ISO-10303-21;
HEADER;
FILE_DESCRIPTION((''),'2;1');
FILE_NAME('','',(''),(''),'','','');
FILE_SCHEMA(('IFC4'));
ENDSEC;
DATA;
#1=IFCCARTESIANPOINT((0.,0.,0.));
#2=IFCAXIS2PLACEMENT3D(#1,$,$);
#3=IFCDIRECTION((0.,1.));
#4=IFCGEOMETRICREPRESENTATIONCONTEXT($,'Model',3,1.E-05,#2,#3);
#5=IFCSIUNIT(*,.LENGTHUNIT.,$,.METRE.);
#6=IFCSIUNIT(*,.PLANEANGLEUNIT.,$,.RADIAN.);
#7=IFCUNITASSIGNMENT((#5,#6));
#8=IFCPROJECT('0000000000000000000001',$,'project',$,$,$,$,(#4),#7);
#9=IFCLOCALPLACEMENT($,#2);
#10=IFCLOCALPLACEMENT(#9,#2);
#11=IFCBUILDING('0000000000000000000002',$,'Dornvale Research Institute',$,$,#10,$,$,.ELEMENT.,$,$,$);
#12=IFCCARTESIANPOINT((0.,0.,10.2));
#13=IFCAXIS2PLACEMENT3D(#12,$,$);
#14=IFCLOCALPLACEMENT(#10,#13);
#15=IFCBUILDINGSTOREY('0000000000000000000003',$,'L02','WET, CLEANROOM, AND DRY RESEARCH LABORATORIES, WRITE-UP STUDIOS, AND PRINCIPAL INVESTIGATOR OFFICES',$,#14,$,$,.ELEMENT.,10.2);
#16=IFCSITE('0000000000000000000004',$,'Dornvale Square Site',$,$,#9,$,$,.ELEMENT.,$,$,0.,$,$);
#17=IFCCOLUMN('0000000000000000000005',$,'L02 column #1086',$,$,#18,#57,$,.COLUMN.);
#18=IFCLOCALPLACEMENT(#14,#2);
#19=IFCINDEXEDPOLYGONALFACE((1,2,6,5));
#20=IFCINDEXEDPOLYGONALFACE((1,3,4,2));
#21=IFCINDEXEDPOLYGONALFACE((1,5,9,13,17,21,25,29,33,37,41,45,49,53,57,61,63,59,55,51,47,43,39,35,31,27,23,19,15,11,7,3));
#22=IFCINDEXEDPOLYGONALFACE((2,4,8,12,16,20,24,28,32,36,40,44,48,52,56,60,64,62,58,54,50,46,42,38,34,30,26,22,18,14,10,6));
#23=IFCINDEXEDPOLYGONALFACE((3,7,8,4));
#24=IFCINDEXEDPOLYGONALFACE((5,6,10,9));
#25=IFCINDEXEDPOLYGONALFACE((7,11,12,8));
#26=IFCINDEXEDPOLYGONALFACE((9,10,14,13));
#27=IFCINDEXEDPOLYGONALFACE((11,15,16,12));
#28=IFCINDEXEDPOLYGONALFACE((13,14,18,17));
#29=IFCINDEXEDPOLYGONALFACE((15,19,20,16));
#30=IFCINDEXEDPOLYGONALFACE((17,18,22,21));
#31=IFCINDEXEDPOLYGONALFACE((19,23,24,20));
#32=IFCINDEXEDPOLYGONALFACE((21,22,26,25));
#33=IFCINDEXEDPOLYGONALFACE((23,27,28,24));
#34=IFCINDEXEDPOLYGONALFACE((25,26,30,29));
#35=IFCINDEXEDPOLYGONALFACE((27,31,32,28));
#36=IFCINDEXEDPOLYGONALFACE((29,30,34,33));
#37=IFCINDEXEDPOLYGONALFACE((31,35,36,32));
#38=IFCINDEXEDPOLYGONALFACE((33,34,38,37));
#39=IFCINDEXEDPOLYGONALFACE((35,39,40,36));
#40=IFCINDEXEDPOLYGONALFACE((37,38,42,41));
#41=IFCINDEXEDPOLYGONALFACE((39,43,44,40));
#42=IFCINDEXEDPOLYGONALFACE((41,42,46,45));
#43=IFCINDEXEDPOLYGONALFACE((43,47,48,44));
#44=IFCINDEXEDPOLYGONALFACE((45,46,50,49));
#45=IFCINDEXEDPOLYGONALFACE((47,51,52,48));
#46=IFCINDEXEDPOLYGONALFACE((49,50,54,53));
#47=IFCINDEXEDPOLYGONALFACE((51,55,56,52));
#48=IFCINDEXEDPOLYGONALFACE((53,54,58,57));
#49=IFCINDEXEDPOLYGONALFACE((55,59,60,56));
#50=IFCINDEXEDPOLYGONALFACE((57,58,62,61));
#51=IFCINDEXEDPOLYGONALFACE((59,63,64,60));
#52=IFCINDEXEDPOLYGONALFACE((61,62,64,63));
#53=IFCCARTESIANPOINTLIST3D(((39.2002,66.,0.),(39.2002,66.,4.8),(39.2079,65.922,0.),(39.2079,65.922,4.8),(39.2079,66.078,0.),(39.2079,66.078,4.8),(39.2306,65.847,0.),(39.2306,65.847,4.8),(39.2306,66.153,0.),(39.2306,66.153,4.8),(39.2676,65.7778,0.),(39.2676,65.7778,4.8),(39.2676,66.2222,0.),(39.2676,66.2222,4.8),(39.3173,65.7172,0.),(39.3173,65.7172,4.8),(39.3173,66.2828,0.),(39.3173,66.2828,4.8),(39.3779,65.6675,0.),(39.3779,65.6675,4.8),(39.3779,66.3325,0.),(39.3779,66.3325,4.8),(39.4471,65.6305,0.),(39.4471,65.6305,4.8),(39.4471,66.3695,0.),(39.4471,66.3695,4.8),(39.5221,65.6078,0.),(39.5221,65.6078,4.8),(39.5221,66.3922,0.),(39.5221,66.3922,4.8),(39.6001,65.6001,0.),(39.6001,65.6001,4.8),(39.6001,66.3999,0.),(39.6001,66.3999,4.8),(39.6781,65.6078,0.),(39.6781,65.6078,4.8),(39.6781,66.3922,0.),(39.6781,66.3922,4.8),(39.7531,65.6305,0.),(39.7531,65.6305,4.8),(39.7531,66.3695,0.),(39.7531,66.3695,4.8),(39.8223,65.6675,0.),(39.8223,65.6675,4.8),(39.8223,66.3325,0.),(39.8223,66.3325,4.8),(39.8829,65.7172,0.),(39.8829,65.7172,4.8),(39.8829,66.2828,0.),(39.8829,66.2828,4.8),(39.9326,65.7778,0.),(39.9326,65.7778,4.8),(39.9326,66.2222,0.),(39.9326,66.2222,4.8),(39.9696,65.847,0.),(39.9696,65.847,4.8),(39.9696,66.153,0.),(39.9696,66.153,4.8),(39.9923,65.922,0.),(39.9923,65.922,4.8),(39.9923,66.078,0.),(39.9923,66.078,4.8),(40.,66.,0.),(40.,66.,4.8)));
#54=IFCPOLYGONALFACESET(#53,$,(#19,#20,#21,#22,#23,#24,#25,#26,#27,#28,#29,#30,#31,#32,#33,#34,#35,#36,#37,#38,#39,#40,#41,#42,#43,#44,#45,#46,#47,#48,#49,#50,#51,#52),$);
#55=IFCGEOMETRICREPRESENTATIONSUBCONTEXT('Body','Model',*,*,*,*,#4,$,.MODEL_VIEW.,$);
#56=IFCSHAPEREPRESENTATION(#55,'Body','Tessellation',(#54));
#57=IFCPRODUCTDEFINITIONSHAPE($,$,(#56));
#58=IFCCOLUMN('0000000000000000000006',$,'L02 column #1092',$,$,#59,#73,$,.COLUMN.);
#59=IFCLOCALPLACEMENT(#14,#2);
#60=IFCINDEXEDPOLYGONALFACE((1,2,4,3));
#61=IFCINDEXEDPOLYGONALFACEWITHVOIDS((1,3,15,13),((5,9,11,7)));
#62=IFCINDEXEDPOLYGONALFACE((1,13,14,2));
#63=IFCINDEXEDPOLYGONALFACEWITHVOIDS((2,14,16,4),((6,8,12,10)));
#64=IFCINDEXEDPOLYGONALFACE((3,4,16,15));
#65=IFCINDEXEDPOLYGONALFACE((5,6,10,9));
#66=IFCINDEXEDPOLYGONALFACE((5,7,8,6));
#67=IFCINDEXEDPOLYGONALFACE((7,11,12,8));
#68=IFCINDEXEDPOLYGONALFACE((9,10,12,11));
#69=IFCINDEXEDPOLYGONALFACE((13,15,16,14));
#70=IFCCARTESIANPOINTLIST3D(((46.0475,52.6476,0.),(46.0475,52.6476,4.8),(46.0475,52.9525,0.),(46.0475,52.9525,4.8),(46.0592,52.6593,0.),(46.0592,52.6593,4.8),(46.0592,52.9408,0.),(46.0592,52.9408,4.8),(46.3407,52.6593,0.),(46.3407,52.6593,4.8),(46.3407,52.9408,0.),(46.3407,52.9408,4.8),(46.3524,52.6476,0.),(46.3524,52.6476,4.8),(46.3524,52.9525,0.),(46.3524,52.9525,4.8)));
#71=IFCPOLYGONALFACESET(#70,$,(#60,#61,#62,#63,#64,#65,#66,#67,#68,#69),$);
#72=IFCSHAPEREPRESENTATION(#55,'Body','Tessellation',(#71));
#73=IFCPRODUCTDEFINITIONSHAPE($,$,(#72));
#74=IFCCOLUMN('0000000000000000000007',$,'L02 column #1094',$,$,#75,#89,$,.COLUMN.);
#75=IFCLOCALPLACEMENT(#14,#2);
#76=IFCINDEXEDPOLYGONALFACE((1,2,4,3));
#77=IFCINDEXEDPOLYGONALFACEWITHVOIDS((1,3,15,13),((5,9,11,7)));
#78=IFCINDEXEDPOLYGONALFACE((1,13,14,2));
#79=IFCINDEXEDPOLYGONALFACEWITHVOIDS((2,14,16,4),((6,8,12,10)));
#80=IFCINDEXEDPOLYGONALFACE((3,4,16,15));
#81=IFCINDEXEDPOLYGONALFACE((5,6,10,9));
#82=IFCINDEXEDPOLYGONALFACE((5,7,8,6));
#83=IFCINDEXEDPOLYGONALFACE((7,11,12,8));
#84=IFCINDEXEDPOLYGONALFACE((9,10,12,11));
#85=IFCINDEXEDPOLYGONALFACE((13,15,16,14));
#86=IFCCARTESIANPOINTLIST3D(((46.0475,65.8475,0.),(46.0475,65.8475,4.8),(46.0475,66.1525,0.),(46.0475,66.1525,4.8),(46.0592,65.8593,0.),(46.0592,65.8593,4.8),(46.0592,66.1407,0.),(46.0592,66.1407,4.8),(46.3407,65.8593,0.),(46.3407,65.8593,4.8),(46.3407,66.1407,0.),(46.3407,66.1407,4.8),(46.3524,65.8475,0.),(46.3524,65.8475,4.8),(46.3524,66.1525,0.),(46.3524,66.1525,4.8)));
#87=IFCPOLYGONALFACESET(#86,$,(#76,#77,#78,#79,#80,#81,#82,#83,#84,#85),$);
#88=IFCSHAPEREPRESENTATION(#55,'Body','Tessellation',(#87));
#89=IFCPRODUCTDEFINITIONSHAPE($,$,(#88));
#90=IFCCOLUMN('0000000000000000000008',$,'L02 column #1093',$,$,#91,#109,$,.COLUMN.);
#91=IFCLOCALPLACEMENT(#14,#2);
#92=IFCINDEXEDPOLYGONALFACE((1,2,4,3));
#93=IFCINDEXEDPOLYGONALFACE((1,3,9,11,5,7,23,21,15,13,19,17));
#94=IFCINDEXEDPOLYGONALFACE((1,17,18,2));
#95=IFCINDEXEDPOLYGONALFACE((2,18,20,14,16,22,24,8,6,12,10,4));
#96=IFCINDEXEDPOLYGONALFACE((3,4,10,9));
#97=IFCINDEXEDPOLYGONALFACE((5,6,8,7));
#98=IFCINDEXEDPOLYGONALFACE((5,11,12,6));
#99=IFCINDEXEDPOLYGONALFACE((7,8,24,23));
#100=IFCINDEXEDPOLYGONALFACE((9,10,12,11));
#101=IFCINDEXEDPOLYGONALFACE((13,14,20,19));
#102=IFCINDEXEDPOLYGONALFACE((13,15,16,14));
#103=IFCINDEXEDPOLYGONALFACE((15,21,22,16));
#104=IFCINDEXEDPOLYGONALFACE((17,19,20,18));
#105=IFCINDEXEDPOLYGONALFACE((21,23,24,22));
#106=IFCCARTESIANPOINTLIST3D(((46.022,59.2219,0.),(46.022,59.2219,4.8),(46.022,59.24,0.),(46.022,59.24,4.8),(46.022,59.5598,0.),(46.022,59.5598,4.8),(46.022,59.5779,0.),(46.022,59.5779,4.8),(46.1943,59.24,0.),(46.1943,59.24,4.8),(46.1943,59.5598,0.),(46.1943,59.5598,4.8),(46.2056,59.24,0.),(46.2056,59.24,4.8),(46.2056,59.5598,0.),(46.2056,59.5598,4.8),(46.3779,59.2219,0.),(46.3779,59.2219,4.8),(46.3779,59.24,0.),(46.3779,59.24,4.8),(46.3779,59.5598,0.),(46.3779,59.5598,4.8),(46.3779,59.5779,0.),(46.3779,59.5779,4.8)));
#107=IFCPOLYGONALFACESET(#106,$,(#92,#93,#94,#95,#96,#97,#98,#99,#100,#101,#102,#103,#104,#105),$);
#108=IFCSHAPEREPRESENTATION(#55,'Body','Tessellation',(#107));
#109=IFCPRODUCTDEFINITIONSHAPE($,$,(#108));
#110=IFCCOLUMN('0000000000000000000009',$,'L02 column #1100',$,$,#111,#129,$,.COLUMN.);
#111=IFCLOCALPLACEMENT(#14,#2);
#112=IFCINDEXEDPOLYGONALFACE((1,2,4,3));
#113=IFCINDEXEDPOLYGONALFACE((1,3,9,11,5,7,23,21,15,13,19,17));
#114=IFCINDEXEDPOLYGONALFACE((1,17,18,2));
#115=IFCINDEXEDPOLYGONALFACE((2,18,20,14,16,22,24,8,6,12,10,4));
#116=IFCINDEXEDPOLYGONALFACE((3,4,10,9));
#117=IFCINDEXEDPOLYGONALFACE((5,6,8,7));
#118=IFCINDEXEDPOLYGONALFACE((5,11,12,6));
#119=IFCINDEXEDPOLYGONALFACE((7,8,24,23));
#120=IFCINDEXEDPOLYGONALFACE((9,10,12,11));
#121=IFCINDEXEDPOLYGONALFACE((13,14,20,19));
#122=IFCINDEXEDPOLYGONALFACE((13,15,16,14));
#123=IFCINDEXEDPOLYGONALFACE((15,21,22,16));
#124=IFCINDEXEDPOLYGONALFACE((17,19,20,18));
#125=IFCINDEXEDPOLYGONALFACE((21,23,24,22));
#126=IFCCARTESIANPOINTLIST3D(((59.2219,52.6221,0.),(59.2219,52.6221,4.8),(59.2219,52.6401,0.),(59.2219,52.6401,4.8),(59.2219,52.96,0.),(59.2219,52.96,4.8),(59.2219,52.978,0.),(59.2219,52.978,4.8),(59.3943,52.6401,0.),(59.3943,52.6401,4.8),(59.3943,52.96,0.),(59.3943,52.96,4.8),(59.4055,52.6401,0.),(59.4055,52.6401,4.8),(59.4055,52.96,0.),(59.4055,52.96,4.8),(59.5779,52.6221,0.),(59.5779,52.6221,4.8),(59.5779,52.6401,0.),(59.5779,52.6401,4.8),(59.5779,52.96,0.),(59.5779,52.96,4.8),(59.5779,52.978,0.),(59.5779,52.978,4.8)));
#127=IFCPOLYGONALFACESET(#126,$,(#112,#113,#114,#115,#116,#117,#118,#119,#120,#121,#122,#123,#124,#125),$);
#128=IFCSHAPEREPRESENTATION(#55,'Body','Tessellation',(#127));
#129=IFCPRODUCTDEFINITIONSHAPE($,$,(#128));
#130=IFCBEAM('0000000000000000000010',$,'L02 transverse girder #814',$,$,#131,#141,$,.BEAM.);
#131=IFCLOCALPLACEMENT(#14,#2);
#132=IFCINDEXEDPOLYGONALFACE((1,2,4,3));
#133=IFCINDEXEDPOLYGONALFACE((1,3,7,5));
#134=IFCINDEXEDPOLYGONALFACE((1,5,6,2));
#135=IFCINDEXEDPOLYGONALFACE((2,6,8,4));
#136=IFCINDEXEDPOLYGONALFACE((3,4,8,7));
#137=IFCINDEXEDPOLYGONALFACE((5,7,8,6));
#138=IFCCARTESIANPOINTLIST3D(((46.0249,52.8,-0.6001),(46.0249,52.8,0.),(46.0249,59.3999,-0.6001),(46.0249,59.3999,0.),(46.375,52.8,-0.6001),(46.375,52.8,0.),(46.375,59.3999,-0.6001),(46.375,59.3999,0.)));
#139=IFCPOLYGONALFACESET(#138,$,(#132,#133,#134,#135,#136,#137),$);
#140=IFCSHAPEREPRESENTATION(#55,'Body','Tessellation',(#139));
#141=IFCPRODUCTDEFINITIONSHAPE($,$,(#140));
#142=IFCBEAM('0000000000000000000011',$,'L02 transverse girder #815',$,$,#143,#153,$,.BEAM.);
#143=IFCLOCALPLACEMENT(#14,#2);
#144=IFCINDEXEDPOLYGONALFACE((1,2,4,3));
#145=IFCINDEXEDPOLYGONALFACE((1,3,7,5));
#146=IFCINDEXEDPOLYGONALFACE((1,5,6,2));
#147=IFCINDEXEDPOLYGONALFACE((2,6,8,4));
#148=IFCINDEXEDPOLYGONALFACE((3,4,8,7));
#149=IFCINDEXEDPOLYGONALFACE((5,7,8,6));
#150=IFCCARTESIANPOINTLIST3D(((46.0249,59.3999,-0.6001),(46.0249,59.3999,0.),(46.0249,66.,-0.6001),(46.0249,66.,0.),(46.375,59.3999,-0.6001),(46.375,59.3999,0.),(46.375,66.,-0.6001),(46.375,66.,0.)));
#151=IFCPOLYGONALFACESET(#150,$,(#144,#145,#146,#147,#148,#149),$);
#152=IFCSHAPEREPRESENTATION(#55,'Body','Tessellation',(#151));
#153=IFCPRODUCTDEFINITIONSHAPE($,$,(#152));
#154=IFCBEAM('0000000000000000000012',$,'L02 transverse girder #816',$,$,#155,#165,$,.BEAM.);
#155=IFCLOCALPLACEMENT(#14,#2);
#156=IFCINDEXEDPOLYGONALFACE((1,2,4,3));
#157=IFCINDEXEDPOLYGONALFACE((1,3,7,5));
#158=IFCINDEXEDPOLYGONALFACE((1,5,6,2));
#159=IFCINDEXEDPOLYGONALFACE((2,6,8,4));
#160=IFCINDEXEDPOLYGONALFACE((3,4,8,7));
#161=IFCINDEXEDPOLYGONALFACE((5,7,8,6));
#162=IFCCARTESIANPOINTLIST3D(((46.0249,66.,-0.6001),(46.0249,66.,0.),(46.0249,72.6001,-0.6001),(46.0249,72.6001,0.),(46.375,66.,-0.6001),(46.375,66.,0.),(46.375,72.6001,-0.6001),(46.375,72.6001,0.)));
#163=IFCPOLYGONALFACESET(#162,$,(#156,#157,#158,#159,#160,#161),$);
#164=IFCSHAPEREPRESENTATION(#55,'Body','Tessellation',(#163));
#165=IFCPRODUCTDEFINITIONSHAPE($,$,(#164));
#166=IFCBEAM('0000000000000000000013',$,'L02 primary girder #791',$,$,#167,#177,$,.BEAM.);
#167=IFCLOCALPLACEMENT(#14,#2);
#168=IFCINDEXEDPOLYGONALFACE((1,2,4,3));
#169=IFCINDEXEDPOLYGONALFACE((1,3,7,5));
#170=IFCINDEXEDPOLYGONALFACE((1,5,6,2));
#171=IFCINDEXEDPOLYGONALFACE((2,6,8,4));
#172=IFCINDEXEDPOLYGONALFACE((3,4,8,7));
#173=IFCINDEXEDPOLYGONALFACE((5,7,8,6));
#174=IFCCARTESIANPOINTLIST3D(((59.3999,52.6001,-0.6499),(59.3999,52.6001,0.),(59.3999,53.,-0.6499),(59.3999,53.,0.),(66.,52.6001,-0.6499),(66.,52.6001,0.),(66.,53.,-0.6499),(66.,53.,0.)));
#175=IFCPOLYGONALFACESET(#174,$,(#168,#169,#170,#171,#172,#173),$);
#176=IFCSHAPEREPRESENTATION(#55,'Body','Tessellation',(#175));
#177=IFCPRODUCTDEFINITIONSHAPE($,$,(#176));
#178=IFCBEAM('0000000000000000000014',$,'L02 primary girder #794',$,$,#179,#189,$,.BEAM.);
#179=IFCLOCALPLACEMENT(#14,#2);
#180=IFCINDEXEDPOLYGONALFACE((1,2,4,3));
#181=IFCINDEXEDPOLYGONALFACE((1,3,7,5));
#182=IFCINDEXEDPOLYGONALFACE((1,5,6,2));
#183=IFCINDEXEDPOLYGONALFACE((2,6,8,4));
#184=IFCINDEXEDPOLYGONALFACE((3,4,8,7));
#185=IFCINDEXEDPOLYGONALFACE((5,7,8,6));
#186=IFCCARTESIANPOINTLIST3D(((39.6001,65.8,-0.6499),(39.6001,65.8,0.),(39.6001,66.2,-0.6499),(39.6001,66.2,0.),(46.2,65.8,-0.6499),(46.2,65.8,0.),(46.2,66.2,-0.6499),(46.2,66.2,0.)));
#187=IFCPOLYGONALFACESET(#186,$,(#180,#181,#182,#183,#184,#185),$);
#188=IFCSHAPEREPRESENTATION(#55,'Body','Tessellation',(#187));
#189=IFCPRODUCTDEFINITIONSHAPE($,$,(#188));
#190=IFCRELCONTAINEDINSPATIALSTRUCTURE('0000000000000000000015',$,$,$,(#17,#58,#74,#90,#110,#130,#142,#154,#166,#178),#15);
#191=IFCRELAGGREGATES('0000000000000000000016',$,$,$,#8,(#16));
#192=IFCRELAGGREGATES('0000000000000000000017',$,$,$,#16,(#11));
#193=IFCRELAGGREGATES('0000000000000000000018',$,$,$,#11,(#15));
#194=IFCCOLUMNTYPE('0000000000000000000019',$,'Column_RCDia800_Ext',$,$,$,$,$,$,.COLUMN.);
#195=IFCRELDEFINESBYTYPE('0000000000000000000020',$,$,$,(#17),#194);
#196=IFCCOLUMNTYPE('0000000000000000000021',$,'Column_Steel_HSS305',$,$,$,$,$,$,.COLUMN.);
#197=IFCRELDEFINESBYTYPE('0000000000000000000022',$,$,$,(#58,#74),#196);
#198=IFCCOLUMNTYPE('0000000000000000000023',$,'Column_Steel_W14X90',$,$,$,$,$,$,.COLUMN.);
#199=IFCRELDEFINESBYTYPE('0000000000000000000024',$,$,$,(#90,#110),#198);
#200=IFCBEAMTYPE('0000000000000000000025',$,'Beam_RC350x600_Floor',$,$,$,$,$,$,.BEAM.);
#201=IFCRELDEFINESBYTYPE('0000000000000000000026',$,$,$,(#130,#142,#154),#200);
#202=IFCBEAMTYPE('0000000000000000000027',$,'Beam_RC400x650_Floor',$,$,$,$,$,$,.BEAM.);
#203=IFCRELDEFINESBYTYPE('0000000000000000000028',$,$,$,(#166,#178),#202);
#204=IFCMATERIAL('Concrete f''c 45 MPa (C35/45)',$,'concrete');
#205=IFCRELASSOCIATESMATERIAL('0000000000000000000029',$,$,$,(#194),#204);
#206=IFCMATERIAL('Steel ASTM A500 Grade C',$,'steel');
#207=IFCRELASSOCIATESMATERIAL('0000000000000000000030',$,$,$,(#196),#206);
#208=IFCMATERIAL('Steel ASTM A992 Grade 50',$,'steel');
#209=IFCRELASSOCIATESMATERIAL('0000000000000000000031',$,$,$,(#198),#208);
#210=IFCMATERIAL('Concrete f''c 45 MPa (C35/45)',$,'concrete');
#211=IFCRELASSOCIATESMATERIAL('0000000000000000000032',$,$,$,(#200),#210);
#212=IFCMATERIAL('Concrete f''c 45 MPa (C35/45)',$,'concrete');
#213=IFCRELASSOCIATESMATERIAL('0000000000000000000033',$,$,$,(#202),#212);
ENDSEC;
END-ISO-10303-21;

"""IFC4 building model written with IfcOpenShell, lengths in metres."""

from ifc_helpers import new_model, si_unit, direction, frame, origin, origin_2d, place, context, subcontext, project, spatial, rectangle, hollow_rectangle, circle, i_section, extrude, material, material_profile, profile_set, type_object, element, save


model = new_model("IFC4")

# Units and contexts
model_context = context("Model", 3, precision=1e-05, world=origin(), true_north=direction((0.0, 1.0)))
body_context = subcontext(model_context, "Body", "Model", "MODEL_VIEW")
ifc_project = project(units=[si_unit("LENGTHUNIT", "METRE"), si_unit("PLANEANGLEUNIT", "RADIAN")], contexts=[model_context])

# Site, building, storey
site_placement = place(None, origin())
site = spatial("IfcSite", under=ifc_project, at=site_placement, Name="Dornvale Square Site", CompositionType="ELEMENT", RefElevation=0.0)
building_placement = place(site_placement, origin())
building = spatial("IfcBuilding", under=site, at=building_placement, Name="Dornvale Research Institute", CompositionType="ELEMENT")
storey_placement = place(building_placement, frame((0.0, 0.0, 10.2)))
storey = spatial("IfcBuildingStorey", under=building, at=storey_placement, Name="L02", Description="WET, CLEANROOM, AND DRY RESEARCH LABORATORIES, WRITE-UP STUDIOS, AND PRINCIPAL INVESTIGATOR OFFICES", CompositionType="ELEMENT", Elevation=10.2)

# Columns
ifc_material_1 = material(Name="Concrete f'c 45 MPa (C35/45)", Category="concrete")
ifc_material_profile_1 = material_profile(ifc_material_1, circle(Radius=0.3999, at=origin_2d()), Name="RC DIA 800")
ifc_profile_set_1 = profile_set([ifc_material_profile_1], Name="Concrete f'c 45 MPa (C35/45)")
column_type_1 = type_object("IfcColumnType", Name="Column_RCDia800_Ext", PredefinedType="COLUMN", material=ifc_profile_set_1)
column_placement = place(storey_placement, frame((39.6001, 66.0, 0.0), z_axis=(0.0, 0.0, 1.0), x_axis=(1.0, 0.0, 0.0)))
element("IfcColumn", 1, at=column_placement, inside=storey, type_object=column_type_1, Name="L02 column #1086", PredefinedType="COLUMN", context=body_context, shape_type="SweptSolid", body=[
    extrude(circle(Radius=0.3999, at=origin_2d()), origin(), (0.0, 0.0, 1.0), 4.8),
])
ifc_material_2 = material(Name="Steel ASTM A500 Grade C", Category="steel")
ifc_material_profile_2 = material_profile(ifc_material_2, hollow_rectangle(XDim=0.3049, YDim=0.3049, WallThickness=0.0117, at=origin_2d()), Name="HSS305X305X12.7")
ifc_profile_set_2 = profile_set([ifc_material_profile_2], Name="Steel ASTM A500 Grade C")
column_type_2 = type_object("IfcColumnType", Name="Column_Steel_HSS305", PredefinedType="COLUMN", material=ifc_profile_set_2)
for number, where, z_axis, x_axis, name in (
    (2, (46.2, 52.8, 0.0), (0.0, 0.0, 1.0), (1.0, 0.0, 0.0), "L02 column #1092"),
    (3, (46.2, 66.0, 0.0), (0.0, 0.0, 1.0), (1.0, 0.0, 0.0), "L02 column #1094"),
):
    element("IfcColumn", number, at=place(storey_placement, frame(where, z_axis=z_axis, x_axis=x_axis)), inside=storey, type_object=column_type_2, Name=name, PredefinedType="COLUMN", context=body_context, shape_type="SweptSolid", body=[
        extrude(hollow_rectangle(XDim=0.3049, YDim=0.3049, WallThickness=0.0117, at=origin_2d()), origin(), (0.0, 0.0, 1.0), 4.8),
    ])
ifc_material_3 = material(Name="Steel ASTM A992 Grade 50", Category="steel")
ifc_material_profile_3 = material_profile(ifc_material_3, i_section(OverallWidth=0.356, OverallDepth=0.356, WebThickness=0.0112, FlangeThickness=0.0181, at=origin_2d()), Name="W14X90")
ifc_profile_set_3 = profile_set([ifc_material_profile_3], Name="Steel ASTM A992 Grade 50")
column_type_3 = type_object("IfcColumnType", Name="Column_Steel_W14X90", PredefinedType="COLUMN", material=ifc_profile_set_3)
for number, where, z_axis, x_axis, name in (
    (4, (46.2, 59.3999, 0.0), (0.0, 0.0, 1.0), (1.0, 0.0, 0.0), "L02 column #1093"),
    (5, (59.3999, 52.8, 0.0), (0.0, 0.0, 1.0), (1.0, 0.0, 0.0), "L02 column #1100"),
):
    element("IfcColumn", number, at=place(storey_placement, frame(where, z_axis=z_axis, x_axis=x_axis)), inside=storey, type_object=column_type_3, Name=name, PredefinedType="COLUMN", context=body_context, shape_type="SweptSolid", body=[
        extrude(i_section(OverallWidth=0.356, OverallDepth=0.356, WebThickness=0.0112, FlangeThickness=0.0181, at=origin_2d()), origin(), (0.0, 0.0, 1.0), 4.8),
    ])

# Beams
ifc_material_4 = material(Name="Concrete f'c 45 MPa (C35/45)", Category="concrete")
ifc_material_profile_4 = material_profile(ifc_material_4, rectangle(XDim=0.3501, YDim=0.6001, at=origin_2d()), Name="RC 350x600")
ifc_profile_set_4 = profile_set([ifc_material_profile_4], Name="Concrete f'c 45 MPa (C35/45)")
beam_type_1 = type_object("IfcBeamType", Name="Beam_RC350x600_Floor", PredefinedType="BEAM", material=ifc_profile_set_4)
beam_1_placement = place(storey_placement, frame((46.2, 52.8, -0.3), z_axis=(0.0, 1.0, 0.0), x_axis=(-1.0, 0.0, 0.0)))
element("IfcBeam", 6, at=beam_1_placement, inside=storey, type_object=beam_type_1, Name="L02 transverse girder #814", PredefinedType="BEAM", context=body_context, shape_type="SweptSolid", body=[
    extrude(rectangle(XDim=0.3501, YDim=0.6001, at=origin_2d()), origin(), (0.0, 0.0, 1.0), 6.5999),
])
for number, where, z_axis, x_axis, name in (
    (7, (46.2, 59.3999, -0.3), (0.0, 1.0, 0.0), (-1.0, 0.0, 0.0), "L02 transverse girder #815"),
    (8, (46.2, 66.0, -0.3), (0.0, 1.0, 0.0), (-1.0, 0.0, 0.0), "L02 transverse girder #816"),
):
    element("IfcBeam", number, at=place(storey_placement, frame(where, z_axis=z_axis, x_axis=x_axis)), inside=storey, type_object=beam_type_1, Name=name, PredefinedType="BEAM", context=body_context, shape_type="SweptSolid", body=[
        extrude(rectangle(XDim=0.3501, YDim=0.6001, at=origin_2d()), origin(), (0.0, 0.0, 1.0), 6.6001),
    ])
ifc_material_5 = material(Name="Concrete f'c 45 MPa (C35/45)", Category="concrete")
ifc_material_profile_5 = material_profile(ifc_material_5, rectangle(XDim=0.3999, YDim=0.6499, at=origin_2d()), Name="RC 400x650")
ifc_profile_set_5 = profile_set([ifc_material_profile_5], Name="Concrete f'c 45 MPa (C35/45)")
beam_type_2 = type_object("IfcBeamType", Name="Beam_RC400x650_Floor", PredefinedType="BEAM", material=ifc_profile_set_5)
beam_2_placement = place(storey_placement, frame((59.3999, 52.8, -0.325), z_axis=(1.0, 0.0, 0.0), x_axis=(0.0, 1.0, 0.0)))
element("IfcBeam", 9, at=beam_2_placement, inside=storey, type_object=beam_type_2, Name="L02 primary girder #791", PredefinedType="BEAM", context=body_context, shape_type="SweptSolid", body=[
    extrude(rectangle(XDim=0.3999, YDim=0.6499, at=origin_2d()), origin(), (0.0, 0.0, 1.0), 6.6001),
])
beam_3_placement = place(storey_placement, frame((39.6001, 66.0, -0.325), z_axis=(1.0, 0.0, 0.0), x_axis=(0.0, 1.0, 0.0)))
element("IfcBeam", 10, at=beam_3_placement, inside=storey, type_object=beam_type_2, Name="L02 primary girder #794", PredefinedType="BEAM", context=body_context, shape_type="SweptSolid", body=[
    extrude(rectangle(XDim=0.3999, YDim=0.6499, at=origin_2d()), origin(), (0.0, 0.0, 1.0), 6.5999),
])

save(model, "model.ifc")
